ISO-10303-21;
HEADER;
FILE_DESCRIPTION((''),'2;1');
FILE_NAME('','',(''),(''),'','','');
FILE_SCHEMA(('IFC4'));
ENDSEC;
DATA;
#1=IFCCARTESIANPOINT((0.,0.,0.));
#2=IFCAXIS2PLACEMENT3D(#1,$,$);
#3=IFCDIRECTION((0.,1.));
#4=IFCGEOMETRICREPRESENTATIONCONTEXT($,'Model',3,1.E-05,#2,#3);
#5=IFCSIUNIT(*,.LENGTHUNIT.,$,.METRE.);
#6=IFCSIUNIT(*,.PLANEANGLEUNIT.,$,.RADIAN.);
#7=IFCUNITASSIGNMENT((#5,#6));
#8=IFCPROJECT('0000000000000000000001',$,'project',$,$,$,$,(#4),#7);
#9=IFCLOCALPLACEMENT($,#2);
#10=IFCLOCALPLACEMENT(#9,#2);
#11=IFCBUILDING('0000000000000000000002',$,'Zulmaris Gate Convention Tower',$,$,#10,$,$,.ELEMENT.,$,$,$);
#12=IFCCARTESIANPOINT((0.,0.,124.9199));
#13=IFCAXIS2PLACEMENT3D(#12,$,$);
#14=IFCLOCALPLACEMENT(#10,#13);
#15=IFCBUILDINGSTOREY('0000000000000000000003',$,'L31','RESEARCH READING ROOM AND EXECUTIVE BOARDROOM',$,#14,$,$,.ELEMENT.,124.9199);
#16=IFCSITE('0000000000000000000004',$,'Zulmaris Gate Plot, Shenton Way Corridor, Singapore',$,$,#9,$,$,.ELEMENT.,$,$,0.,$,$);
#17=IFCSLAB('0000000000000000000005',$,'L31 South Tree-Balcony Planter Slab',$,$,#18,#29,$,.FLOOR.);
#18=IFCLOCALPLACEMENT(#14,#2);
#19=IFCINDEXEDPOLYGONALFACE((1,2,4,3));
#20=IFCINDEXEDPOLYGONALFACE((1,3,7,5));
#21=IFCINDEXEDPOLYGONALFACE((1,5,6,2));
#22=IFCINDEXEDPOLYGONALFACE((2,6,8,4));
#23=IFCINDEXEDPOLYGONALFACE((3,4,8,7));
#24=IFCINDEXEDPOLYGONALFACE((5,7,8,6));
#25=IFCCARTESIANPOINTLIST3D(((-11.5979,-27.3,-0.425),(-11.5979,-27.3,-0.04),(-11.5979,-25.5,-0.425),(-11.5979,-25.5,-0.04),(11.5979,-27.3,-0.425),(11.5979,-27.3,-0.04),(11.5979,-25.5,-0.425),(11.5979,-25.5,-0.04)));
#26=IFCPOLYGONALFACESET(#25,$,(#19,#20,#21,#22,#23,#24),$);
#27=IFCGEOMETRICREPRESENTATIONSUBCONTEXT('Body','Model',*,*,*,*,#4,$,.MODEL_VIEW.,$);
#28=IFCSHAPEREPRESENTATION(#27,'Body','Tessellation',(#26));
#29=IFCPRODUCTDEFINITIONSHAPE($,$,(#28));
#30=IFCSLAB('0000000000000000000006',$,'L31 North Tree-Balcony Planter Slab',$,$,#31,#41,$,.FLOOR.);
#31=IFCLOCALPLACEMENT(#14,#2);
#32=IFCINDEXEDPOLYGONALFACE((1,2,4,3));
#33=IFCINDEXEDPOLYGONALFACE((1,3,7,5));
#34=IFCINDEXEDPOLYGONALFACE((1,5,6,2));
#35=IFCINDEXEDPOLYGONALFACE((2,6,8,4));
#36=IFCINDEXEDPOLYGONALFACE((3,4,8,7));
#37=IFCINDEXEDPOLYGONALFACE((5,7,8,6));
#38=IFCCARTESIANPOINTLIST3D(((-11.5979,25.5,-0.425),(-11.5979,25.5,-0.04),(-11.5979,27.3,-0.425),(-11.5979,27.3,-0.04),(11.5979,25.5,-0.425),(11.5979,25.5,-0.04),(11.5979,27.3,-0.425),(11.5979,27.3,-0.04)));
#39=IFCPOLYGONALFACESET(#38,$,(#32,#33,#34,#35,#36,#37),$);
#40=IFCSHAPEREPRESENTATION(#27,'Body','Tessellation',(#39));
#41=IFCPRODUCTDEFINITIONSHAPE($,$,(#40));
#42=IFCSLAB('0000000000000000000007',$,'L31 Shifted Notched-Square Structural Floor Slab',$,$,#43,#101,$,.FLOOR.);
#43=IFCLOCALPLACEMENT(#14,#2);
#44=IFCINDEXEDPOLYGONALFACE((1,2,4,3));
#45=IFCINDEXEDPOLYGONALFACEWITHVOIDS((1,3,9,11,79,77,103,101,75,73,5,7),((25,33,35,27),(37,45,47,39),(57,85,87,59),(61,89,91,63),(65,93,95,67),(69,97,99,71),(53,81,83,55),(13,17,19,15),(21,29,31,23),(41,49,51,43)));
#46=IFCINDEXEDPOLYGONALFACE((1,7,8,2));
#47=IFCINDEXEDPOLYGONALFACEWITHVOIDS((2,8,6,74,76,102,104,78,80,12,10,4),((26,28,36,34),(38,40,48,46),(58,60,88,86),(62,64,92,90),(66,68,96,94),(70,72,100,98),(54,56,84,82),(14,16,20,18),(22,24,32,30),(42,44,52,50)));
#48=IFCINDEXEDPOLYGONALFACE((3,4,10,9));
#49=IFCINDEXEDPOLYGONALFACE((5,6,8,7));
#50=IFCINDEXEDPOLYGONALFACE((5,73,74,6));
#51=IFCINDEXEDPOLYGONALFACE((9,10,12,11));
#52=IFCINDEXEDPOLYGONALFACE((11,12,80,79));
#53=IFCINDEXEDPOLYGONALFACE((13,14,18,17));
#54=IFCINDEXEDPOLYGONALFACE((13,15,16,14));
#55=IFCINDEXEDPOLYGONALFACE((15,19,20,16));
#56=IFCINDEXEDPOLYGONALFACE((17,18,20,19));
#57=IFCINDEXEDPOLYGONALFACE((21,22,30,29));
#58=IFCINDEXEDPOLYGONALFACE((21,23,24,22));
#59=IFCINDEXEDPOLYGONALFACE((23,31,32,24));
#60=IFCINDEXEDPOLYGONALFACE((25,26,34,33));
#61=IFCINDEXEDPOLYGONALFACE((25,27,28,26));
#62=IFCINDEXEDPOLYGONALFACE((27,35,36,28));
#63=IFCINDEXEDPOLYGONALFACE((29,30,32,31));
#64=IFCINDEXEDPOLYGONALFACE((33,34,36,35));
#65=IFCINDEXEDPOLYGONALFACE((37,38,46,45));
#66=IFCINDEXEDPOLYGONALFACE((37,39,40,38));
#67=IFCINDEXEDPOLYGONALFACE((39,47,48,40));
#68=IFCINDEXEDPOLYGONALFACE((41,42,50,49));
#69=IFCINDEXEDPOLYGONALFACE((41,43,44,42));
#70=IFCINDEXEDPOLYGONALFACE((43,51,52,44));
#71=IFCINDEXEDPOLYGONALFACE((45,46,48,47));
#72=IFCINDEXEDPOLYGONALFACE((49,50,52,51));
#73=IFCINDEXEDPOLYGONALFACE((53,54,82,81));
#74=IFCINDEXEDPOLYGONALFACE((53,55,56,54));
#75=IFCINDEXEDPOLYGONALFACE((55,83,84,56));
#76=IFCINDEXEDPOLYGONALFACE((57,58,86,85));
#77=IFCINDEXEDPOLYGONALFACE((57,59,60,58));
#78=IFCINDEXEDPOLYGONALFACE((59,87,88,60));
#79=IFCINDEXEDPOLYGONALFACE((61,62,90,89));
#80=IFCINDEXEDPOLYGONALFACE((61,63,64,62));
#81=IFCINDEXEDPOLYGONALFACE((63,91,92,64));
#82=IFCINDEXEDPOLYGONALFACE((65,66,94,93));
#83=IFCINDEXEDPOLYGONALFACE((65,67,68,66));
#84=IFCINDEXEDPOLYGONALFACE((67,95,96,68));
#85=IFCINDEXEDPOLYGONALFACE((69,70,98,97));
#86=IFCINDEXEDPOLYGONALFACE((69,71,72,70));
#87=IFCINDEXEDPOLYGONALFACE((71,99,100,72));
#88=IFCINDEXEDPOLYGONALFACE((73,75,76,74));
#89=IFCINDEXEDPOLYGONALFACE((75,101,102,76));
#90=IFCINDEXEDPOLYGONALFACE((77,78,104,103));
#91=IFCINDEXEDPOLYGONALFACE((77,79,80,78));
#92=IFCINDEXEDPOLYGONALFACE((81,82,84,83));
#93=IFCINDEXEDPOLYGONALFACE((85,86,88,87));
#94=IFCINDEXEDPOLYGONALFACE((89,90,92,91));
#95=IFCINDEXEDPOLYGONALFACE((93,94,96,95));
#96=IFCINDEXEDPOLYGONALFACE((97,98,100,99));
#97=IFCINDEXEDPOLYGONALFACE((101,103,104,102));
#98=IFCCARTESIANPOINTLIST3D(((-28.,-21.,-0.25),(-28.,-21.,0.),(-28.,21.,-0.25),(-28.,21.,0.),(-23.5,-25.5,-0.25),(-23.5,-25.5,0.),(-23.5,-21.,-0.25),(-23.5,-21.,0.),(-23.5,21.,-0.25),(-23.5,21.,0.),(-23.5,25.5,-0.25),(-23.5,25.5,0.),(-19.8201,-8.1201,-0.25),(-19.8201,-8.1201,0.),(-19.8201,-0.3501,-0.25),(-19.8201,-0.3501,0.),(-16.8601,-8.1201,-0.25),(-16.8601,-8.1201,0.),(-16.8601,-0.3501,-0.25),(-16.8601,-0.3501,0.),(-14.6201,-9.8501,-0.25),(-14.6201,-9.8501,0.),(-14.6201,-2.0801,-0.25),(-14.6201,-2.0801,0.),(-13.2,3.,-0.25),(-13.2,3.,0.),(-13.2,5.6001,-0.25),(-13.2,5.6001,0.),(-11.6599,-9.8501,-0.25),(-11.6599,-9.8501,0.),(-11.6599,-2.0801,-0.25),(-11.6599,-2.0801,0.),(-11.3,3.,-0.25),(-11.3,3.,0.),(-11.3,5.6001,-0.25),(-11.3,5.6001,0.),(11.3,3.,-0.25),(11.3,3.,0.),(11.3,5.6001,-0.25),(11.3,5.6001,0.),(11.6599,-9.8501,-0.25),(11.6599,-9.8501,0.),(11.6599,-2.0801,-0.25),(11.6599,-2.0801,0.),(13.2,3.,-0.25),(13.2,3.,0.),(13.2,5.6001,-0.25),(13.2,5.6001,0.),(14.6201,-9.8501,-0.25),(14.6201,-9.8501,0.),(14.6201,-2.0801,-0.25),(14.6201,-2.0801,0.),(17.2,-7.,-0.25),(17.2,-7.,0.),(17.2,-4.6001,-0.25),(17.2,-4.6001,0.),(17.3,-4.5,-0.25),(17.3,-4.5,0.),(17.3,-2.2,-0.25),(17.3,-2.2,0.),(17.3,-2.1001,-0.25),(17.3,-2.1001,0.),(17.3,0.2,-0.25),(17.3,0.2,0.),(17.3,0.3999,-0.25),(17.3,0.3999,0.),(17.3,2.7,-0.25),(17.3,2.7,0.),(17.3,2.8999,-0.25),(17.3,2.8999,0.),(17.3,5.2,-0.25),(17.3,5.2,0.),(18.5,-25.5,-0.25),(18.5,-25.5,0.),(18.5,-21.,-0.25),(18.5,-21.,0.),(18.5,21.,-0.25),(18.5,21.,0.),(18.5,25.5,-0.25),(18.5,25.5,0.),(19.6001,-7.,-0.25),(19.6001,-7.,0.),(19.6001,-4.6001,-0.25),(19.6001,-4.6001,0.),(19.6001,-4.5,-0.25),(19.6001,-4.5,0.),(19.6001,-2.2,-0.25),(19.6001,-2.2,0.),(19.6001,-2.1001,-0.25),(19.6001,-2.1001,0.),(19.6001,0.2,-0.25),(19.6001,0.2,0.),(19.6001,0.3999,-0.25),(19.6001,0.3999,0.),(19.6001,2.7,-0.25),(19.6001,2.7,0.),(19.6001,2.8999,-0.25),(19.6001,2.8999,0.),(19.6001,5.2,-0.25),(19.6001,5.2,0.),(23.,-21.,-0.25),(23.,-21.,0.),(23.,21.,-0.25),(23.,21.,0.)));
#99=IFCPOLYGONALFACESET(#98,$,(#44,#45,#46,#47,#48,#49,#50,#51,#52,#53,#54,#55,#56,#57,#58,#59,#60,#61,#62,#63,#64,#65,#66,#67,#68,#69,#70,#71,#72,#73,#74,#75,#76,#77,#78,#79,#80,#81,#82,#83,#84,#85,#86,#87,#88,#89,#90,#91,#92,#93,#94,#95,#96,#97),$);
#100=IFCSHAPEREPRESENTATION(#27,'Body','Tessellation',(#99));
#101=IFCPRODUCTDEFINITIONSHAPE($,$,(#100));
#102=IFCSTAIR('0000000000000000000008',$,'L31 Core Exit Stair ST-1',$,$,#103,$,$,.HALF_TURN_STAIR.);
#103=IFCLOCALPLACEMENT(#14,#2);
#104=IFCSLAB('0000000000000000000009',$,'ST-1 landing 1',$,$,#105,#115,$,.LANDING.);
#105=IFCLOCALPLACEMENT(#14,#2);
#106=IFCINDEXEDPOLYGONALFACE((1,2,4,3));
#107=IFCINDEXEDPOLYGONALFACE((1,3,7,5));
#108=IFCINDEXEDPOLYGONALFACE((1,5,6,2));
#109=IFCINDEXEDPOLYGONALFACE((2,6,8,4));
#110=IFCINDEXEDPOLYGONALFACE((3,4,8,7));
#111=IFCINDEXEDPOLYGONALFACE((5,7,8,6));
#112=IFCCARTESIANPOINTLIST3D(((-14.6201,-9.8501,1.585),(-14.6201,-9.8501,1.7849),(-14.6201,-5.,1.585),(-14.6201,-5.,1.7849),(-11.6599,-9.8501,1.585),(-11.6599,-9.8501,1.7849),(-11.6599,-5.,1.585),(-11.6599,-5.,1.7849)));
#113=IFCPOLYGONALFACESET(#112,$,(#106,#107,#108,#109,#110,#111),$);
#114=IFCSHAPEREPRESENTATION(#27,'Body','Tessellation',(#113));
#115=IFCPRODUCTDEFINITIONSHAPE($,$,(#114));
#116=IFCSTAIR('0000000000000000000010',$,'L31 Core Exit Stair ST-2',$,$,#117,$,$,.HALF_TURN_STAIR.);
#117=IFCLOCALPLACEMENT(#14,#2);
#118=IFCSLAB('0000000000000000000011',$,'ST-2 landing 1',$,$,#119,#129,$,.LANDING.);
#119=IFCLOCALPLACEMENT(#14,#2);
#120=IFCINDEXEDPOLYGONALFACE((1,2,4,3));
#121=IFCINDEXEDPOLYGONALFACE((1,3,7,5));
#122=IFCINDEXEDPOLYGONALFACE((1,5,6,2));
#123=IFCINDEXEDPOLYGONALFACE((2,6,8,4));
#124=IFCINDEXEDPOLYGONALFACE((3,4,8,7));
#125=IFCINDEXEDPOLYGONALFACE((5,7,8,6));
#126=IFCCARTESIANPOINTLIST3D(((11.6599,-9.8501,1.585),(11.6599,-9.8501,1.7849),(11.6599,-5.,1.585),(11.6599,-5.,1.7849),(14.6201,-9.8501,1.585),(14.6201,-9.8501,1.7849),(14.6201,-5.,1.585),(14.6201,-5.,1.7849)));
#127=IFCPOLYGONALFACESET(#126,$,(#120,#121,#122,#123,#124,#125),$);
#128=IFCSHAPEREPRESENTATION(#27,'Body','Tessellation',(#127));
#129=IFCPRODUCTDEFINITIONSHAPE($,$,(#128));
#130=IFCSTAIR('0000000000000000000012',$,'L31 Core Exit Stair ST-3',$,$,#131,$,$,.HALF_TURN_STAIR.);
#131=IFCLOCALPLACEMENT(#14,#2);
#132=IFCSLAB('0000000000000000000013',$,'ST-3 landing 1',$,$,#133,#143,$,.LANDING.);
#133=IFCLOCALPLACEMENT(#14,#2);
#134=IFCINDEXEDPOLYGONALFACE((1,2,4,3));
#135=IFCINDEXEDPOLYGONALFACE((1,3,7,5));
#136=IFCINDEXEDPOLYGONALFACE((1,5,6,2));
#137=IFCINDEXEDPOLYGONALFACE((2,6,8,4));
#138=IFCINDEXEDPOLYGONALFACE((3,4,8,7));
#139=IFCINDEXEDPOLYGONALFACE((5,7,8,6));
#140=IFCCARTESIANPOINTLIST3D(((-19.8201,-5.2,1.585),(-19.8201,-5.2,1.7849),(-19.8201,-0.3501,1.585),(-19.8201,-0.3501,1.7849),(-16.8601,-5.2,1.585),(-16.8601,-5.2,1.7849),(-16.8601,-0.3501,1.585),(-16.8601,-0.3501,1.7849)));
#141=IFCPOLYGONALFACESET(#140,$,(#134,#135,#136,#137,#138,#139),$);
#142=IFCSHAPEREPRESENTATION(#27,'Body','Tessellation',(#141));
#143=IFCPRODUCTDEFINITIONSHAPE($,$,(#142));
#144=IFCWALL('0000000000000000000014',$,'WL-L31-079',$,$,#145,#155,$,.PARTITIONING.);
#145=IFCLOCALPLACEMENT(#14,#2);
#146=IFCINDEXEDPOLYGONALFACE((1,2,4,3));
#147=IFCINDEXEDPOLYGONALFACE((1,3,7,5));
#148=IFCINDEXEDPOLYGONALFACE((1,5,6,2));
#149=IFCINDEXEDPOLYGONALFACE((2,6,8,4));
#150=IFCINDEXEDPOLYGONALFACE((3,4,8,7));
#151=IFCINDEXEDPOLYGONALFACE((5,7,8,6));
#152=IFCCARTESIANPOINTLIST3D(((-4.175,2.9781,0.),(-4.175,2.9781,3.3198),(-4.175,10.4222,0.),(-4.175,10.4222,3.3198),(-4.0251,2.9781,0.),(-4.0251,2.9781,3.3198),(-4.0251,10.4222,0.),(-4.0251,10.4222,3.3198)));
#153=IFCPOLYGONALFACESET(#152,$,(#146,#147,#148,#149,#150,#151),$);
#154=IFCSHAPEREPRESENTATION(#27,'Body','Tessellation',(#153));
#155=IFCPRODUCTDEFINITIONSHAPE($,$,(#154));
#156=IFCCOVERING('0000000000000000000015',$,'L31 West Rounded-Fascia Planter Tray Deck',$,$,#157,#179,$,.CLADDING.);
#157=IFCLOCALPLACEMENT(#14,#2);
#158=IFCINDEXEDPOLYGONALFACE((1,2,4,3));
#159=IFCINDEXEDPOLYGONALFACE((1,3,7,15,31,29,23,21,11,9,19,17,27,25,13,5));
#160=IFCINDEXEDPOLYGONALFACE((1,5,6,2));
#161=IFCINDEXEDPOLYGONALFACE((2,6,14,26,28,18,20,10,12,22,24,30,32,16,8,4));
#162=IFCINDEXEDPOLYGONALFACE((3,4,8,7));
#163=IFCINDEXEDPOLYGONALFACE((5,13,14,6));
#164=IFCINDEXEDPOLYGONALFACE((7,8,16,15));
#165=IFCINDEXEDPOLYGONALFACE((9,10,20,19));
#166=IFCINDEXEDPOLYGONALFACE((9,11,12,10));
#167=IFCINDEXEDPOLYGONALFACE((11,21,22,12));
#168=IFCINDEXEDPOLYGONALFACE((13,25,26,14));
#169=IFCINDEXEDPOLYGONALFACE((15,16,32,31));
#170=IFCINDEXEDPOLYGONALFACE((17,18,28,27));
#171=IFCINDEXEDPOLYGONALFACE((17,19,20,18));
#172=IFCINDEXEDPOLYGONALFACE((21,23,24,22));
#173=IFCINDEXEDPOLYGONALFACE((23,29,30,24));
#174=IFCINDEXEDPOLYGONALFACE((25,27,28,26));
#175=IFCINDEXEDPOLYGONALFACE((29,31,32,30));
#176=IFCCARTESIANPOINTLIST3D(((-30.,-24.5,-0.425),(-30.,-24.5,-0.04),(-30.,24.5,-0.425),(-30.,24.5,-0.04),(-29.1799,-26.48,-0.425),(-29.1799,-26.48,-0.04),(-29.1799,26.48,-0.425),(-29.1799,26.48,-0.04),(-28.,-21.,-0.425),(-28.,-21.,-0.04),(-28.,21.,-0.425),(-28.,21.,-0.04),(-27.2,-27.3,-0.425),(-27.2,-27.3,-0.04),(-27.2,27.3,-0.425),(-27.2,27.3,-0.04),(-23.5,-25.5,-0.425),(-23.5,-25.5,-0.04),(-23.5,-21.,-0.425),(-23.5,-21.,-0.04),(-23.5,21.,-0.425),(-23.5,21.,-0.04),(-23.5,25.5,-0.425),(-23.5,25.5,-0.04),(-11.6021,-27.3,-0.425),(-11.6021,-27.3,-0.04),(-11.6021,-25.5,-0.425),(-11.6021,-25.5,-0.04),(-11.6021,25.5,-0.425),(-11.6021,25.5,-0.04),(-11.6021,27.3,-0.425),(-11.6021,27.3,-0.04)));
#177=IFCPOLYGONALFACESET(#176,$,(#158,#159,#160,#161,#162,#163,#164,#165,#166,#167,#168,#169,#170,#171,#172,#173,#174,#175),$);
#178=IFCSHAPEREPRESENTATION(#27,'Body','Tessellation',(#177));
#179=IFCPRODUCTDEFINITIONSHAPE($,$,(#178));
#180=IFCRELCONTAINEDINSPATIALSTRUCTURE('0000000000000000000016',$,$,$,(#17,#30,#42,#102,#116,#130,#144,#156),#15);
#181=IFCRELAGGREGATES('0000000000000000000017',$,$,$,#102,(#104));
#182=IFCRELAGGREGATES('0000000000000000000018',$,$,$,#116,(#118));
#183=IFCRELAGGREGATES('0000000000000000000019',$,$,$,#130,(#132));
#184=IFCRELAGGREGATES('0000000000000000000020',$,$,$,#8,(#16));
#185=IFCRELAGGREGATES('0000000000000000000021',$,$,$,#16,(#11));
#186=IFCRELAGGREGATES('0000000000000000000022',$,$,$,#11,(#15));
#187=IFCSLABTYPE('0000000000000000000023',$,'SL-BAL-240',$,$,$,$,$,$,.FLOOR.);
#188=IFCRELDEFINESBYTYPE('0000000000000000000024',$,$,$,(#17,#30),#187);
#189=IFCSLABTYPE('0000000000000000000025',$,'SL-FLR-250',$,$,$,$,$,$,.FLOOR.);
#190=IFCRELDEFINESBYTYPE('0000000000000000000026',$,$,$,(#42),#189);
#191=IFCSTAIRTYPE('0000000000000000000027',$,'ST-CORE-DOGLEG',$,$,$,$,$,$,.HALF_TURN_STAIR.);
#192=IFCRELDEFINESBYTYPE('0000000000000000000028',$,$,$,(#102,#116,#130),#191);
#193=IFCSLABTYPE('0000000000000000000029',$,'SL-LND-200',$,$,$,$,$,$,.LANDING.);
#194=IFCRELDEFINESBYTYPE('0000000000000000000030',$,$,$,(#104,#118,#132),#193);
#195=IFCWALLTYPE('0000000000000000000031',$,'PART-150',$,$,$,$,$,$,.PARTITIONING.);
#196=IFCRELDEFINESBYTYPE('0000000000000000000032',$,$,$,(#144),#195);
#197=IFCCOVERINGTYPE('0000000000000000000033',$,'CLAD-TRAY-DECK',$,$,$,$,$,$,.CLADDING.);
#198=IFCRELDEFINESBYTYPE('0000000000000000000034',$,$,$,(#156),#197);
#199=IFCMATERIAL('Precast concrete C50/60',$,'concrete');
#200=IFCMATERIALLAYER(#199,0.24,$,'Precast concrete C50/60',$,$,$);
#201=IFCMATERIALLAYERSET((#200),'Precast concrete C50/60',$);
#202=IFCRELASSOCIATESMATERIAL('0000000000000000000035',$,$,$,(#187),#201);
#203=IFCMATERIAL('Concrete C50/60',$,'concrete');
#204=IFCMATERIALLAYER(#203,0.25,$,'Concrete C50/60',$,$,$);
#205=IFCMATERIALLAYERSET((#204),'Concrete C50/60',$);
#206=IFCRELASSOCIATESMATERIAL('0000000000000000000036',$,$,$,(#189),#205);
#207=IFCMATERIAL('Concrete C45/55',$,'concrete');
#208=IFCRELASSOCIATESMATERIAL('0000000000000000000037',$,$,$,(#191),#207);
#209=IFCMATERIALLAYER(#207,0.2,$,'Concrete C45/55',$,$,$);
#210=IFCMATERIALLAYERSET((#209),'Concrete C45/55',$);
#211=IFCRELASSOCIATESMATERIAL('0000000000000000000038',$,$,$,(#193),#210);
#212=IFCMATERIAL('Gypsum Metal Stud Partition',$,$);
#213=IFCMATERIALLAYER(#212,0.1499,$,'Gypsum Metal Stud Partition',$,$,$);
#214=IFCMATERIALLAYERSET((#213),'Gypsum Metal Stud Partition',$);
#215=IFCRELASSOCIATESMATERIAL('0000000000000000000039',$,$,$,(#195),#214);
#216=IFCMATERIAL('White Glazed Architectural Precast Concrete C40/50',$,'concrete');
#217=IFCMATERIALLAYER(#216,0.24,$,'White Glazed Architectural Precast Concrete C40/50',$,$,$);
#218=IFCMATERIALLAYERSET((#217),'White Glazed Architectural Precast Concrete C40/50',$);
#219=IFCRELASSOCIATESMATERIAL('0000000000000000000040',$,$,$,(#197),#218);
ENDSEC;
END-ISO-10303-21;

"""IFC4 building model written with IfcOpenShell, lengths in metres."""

from ifc_helpers import new_model, si_unit, direction, frame, frame_2d, origin, place, context, subcontext, project, spatial, polyline, rectangle, outline, extrude, material, layer, layer_set, type_object, element, aggregate, save


model = new_model("IFC4")

# Units and contexts
model_context = context("Model", 3, precision=1e-05, world=origin(), true_north=direction((0.0, 1.0)))
body_context = subcontext(model_context, "Body", "Model", "MODEL_VIEW")
ifc_project = project(units=[si_unit("LENGTHUNIT", "METRE"), si_unit("PLANEANGLEUNIT", "RADIAN")], contexts=[model_context])

# Site, building, storey
site_placement = place(None, origin())
site = spatial("IfcSite", under=ifc_project, at=site_placement, Name="Zulmaris Gate Plot, Shenton Way Corridor, Singapore", CompositionType="ELEMENT", RefElevation=0.0)
building_placement = place(site_placement, origin())
building = spatial("IfcBuilding", under=site, at=building_placement, Name="Zulmaris Gate Convention Tower", CompositionType="ELEMENT")
storey_placement = place(building_placement, frame((0.0, 0.0, 124.9199)))
storey = spatial("IfcBuildingStorey", under=building, at=storey_placement, Name="L31", Description="RESEARCH READING ROOM AND EXECUTIVE BOARDROOM", CompositionType="ELEMENT", Elevation=124.9199)

# Slabs
ifc_material_1 = material(Name="Precast concrete C50/60", Category="concrete")
ifc_layer_1 = layer(ifc_material_1, 0.24, Name="Precast concrete C50/60")
ifc_layer_set_1 = layer_set([ifc_layer_1], Name="Precast concrete C50/60")
slab_type_1 = type_object("IfcSlabType", Name="SL-BAL-240", PredefinedType="FLOOR", material=ifc_layer_set_1)
slab_1_placement = place(storey_placement, frame((0.0, 0.0, -0.425)))
element("IfcSlab", 1, at=slab_1_placement, inside=storey, type_object=slab_type_1, Name="L31 South Tree-Balcony Planter Slab", PredefinedType="FLOOR", context=body_context, shape_type="SweptSolid", body=[
    extrude(outline(polyline([(-11.5979, -27.3), (-11.5979, -25.5), (11.5979, -25.5), (11.5979, -27.3), (-11.5979, -27.3)])), origin(), (0.0, 0.0, 1.0), 0.385),
])
slab_2_placement = place(storey_placement, frame((0.0, 0.0, -0.425)))
element("IfcSlab", 2, at=slab_2_placement, inside=storey, type_object=slab_type_1, Name="L31 North Tree-Balcony Planter Slab", PredefinedType="FLOOR", context=body_context, shape_type="SweptSolid", body=[
    extrude(outline(polyline([(11.5979, 27.3), (11.5979, 25.5), (-11.5979, 25.5), (-11.5979, 27.3), (11.5979, 27.3)])), origin(), (0.0, 0.0, 1.0), 0.385),
])
ifc_material_2 = material(Name="Concrete C50/60", Category="concrete")
ifc_layer_2 = layer(ifc_material_2, 0.25, Name="Concrete C50/60")
ifc_layer_set_2 = layer_set([ifc_layer_2], Name="Concrete C50/60")
slab_type_2 = type_object("IfcSlabType", Name="SL-FLR-250", PredefinedType="FLOOR", material=ifc_layer_set_2)
slab_3_placement = place(storey_placement, frame((0.0, 0.0, -0.25)))
element("IfcSlab", 3, at=slab_3_placement, inside=storey, type_object=slab_type_2, Name="L31 Shifted Notched-Square Structural Floor Slab", PredefinedType="FLOOR", context=body_context, shape_type="SweptSolid", body=[
    extrude(outline(polyline([(-23.5, -25.5), (18.5, -25.5), (18.5, -21.0), (23.0, -21.0), (23.0, 21.0), (18.5, 21.0), (18.5, 25.5), (-23.5, 25.5), (-23.5, 21.0), (-28.0, 21.0), (-28.0, -21.0), (-23.5, -21.0), (-23.5, -25.5)]), holes=[polyline([(-14.6201, -2.0801), (-14.6201, -9.8501), (-11.6599, -9.8501), (-11.6599, -2.0801), (-14.6201, -2.0801)]), polyline([(11.6599, -2.0801), (11.6599, -9.8501), (14.6201, -9.8501), (14.6201, -2.0801), (11.6599, -2.0801)]), polyline([(-16.8601, -8.1201), (-16.8601, -0.3501), (-19.8201, -0.3501), (-19.8201, -8.1201), (-16.8601, -8.1201)]), polyline([(-13.2, 3.0), (-11.3, 3.0), (-11.3, 5.6001), (-13.2, 5.6001), (-13.2, 3.0)]), polyline([(11.3, 3.0), (13.2, 3.0), (13.2, 5.6001), (11.3, 5.6001), (11.3, 3.0)]), polyline([(17.2, -7.0), (19.6001, -7.0), (19.6001, -4.6001), (17.2, -4.6001), (17.2, -7.0)]), polyline([(17.3, -4.5), (19.6001, -4.5), (19.6001, -2.2), (17.3, -2.2), (17.3, -4.5)]), polyline([(17.3, -2.1001), (19.6001, -2.1001), (19.6001, 0.2), (17.3, 0.2), (17.3, -2.1001)]), polyline([(17.3, 0.3999), (19.6001, 0.3999), (19.6001, 2.7), (17.3, 2.7), (17.3, 0.3999)]), polyline([(17.3, 2.8999), (19.6001, 2.8999), (19.6001, 5.2), (17.3, 5.2), (17.3, 2.8999)])]), origin(), (0.0, 0.0, 1.0), 0.25),
])

# Stairs, slabs
ifc_material_3 = material(Name="Concrete C45/55", Category="concrete")
stair_type = type_object("IfcStairType", Name="ST-CORE-DOGLEG", PredefinedType="HALF_TURN_STAIR", material=ifc_material_3)
stair_1_placement = place(storey_placement, origin())
stair_1 = element("IfcStair", 4, at=stair_1_placement, inside=storey, type_object=stair_type, Name="L31 Core Exit Stair ST-1", PredefinedType="HALF_TURN_STAIR")
ifc_layer_3 = layer(ifc_material_3, 0.2, Name="Concrete C45/55")
ifc_layer_set_3 = layer_set([ifc_layer_3], Name="Concrete C45/55")
slab_type_3 = type_object("IfcSlabType", Name="SL-LND-200", PredefinedType="LANDING", material=ifc_layer_set_3)
slab_4_placement = place(storey_placement, frame((0.0, 0.0, 1.585)))
slab_4 = element("IfcSlab", 5, at=slab_4_placement, type_object=slab_type_3, Name="ST-1 landing 1", PredefinedType="LANDING", context=body_context, shape_type="SweptSolid", body=[
    extrude(outline(polyline([(-14.6201, -5.0), (-14.6201, -9.8501), (-11.6599, -9.8501), (-11.6599, -5.0), (-14.6201, -5.0)])), origin(), (0.0, 0.0, 1.0), 0.2),
])
aggregate(stair_1, [slab_4])
stair_2_placement = place(storey_placement, origin())
stair_2 = element("IfcStair", 6, at=stair_2_placement, inside=storey, type_object=stair_type, Name="L31 Core Exit Stair ST-2", PredefinedType="HALF_TURN_STAIR")
slab_5_placement = place(storey_placement, frame((0.0, 0.0, 1.585)))
slab_5 = element("IfcSlab", 7, at=slab_5_placement, type_object=slab_type_3, Name="ST-2 landing 1", PredefinedType="LANDING", context=body_context, shape_type="SweptSolid", body=[
    extrude(outline(polyline([(11.6599, -5.0), (11.6599, -9.8501), (14.6201, -9.8501), (14.6201, -5.0), (11.6599, -5.0)])), origin(), (0.0, 0.0, 1.0), 0.2),
])
aggregate(stair_2, [slab_5])
stair_3_placement = place(storey_placement, origin())
stair_3 = element("IfcStair", 8, at=stair_3_placement, inside=storey, type_object=stair_type, Name="L31 Core Exit Stair ST-3", PredefinedType="HALF_TURN_STAIR")
slab_6_placement = place(storey_placement, frame((0.0, 0.0, 1.585)))
slab_6 = element("IfcSlab", 9, at=slab_6_placement, type_object=slab_type_3, Name="ST-3 landing 1", PredefinedType="LANDING", context=body_context, shape_type="SweptSolid", body=[
    extrude(outline(polyline([(-16.8601, -5.2), (-16.8601, -0.3501), (-19.8201, -0.3501), (-19.8201, -5.2), (-16.8601, -5.2)])), origin(), (0.0, 0.0, 1.0), 0.2),
])
aggregate(stair_3, [slab_6])

# Wall
ifc_material_4 = material(Name="Gypsum Metal Stud Partition")
ifc_layer_4 = layer(ifc_material_4, 0.1499, Name="Gypsum Metal Stud Partition")
ifc_layer_set_4 = layer_set([ifc_layer_4], Name="Gypsum Metal Stud Partition")
wall_type = type_object("IfcWallType", Name="PART-150", PredefinedType="PARTITIONING", material=ifc_layer_set_4)
wall_placement = place(storey_placement, frame((-4.1001, 2.978, 0.0), z_axis=(0.0, 0.0, 1.0), x_axis=(0.0, 1.0, 0.0)))
element("IfcWall", 10, at=wall_placement, inside=storey, type_object=wall_type, Name="WL-L31-079", PredefinedType="PARTITIONING", context=body_context, shape_type="SweptSolid", body=[
    extrude(rectangle(XDim=7.4441, YDim=0.1499, at=frame_2d((3.7222, 0.0))), origin(), (0.0, 0.0, 1.0), 3.3198),
])

# Covering
ifc_material_5 = material(Name="White Glazed Architectural Precast Concrete C40/50", Category="concrete")
ifc_layer_5 = layer(ifc_material_5, 0.24, Name="White Glazed Architectural Precast Concrete C40/50")
ifc_layer_set_5 = layer_set([ifc_layer_5], Name="White Glazed Architectural Precast Concrete C40/50")
covering_type_1 = type_object("IfcCoveringType", Name="CLAD-TRAY-DECK", PredefinedType="CLADDING", material=ifc_layer_set_5)
covering_1_placement = place(storey_placement, frame((0.0, 0.0, -0.425)))
element("IfcCovering", 11, at=covering_1_placement, inside=storey, type_object=covering_type_1, Name="L31 West Rounded-Fascia Planter Tray Deck", PredefinedType="CLADDING", context=body_context, shape_type="SweptSolid", body=[
    extrude(outline(polyline([(-30.0, 24.5), (-29.1799, 26.48), (-27.2, 27.3), (-11.6021, 27.3), (-11.6021, 25.5), (-23.5, 25.5), (-23.5, 21.0), (-28.0, 21.0), (-28.0, -21.0), (-23.5, -21.0), (-23.5, -25.5), (-11.6021, -25.5), (-11.6021, -27.3), (-27.2, -27.3), (-29.1799, -26.48), (-30.0, -24.5), (-30.0, 24.5)])), origin(), (0.0, 0.0, 1.0), 0.385),
])

save(model, "model.ifc")
